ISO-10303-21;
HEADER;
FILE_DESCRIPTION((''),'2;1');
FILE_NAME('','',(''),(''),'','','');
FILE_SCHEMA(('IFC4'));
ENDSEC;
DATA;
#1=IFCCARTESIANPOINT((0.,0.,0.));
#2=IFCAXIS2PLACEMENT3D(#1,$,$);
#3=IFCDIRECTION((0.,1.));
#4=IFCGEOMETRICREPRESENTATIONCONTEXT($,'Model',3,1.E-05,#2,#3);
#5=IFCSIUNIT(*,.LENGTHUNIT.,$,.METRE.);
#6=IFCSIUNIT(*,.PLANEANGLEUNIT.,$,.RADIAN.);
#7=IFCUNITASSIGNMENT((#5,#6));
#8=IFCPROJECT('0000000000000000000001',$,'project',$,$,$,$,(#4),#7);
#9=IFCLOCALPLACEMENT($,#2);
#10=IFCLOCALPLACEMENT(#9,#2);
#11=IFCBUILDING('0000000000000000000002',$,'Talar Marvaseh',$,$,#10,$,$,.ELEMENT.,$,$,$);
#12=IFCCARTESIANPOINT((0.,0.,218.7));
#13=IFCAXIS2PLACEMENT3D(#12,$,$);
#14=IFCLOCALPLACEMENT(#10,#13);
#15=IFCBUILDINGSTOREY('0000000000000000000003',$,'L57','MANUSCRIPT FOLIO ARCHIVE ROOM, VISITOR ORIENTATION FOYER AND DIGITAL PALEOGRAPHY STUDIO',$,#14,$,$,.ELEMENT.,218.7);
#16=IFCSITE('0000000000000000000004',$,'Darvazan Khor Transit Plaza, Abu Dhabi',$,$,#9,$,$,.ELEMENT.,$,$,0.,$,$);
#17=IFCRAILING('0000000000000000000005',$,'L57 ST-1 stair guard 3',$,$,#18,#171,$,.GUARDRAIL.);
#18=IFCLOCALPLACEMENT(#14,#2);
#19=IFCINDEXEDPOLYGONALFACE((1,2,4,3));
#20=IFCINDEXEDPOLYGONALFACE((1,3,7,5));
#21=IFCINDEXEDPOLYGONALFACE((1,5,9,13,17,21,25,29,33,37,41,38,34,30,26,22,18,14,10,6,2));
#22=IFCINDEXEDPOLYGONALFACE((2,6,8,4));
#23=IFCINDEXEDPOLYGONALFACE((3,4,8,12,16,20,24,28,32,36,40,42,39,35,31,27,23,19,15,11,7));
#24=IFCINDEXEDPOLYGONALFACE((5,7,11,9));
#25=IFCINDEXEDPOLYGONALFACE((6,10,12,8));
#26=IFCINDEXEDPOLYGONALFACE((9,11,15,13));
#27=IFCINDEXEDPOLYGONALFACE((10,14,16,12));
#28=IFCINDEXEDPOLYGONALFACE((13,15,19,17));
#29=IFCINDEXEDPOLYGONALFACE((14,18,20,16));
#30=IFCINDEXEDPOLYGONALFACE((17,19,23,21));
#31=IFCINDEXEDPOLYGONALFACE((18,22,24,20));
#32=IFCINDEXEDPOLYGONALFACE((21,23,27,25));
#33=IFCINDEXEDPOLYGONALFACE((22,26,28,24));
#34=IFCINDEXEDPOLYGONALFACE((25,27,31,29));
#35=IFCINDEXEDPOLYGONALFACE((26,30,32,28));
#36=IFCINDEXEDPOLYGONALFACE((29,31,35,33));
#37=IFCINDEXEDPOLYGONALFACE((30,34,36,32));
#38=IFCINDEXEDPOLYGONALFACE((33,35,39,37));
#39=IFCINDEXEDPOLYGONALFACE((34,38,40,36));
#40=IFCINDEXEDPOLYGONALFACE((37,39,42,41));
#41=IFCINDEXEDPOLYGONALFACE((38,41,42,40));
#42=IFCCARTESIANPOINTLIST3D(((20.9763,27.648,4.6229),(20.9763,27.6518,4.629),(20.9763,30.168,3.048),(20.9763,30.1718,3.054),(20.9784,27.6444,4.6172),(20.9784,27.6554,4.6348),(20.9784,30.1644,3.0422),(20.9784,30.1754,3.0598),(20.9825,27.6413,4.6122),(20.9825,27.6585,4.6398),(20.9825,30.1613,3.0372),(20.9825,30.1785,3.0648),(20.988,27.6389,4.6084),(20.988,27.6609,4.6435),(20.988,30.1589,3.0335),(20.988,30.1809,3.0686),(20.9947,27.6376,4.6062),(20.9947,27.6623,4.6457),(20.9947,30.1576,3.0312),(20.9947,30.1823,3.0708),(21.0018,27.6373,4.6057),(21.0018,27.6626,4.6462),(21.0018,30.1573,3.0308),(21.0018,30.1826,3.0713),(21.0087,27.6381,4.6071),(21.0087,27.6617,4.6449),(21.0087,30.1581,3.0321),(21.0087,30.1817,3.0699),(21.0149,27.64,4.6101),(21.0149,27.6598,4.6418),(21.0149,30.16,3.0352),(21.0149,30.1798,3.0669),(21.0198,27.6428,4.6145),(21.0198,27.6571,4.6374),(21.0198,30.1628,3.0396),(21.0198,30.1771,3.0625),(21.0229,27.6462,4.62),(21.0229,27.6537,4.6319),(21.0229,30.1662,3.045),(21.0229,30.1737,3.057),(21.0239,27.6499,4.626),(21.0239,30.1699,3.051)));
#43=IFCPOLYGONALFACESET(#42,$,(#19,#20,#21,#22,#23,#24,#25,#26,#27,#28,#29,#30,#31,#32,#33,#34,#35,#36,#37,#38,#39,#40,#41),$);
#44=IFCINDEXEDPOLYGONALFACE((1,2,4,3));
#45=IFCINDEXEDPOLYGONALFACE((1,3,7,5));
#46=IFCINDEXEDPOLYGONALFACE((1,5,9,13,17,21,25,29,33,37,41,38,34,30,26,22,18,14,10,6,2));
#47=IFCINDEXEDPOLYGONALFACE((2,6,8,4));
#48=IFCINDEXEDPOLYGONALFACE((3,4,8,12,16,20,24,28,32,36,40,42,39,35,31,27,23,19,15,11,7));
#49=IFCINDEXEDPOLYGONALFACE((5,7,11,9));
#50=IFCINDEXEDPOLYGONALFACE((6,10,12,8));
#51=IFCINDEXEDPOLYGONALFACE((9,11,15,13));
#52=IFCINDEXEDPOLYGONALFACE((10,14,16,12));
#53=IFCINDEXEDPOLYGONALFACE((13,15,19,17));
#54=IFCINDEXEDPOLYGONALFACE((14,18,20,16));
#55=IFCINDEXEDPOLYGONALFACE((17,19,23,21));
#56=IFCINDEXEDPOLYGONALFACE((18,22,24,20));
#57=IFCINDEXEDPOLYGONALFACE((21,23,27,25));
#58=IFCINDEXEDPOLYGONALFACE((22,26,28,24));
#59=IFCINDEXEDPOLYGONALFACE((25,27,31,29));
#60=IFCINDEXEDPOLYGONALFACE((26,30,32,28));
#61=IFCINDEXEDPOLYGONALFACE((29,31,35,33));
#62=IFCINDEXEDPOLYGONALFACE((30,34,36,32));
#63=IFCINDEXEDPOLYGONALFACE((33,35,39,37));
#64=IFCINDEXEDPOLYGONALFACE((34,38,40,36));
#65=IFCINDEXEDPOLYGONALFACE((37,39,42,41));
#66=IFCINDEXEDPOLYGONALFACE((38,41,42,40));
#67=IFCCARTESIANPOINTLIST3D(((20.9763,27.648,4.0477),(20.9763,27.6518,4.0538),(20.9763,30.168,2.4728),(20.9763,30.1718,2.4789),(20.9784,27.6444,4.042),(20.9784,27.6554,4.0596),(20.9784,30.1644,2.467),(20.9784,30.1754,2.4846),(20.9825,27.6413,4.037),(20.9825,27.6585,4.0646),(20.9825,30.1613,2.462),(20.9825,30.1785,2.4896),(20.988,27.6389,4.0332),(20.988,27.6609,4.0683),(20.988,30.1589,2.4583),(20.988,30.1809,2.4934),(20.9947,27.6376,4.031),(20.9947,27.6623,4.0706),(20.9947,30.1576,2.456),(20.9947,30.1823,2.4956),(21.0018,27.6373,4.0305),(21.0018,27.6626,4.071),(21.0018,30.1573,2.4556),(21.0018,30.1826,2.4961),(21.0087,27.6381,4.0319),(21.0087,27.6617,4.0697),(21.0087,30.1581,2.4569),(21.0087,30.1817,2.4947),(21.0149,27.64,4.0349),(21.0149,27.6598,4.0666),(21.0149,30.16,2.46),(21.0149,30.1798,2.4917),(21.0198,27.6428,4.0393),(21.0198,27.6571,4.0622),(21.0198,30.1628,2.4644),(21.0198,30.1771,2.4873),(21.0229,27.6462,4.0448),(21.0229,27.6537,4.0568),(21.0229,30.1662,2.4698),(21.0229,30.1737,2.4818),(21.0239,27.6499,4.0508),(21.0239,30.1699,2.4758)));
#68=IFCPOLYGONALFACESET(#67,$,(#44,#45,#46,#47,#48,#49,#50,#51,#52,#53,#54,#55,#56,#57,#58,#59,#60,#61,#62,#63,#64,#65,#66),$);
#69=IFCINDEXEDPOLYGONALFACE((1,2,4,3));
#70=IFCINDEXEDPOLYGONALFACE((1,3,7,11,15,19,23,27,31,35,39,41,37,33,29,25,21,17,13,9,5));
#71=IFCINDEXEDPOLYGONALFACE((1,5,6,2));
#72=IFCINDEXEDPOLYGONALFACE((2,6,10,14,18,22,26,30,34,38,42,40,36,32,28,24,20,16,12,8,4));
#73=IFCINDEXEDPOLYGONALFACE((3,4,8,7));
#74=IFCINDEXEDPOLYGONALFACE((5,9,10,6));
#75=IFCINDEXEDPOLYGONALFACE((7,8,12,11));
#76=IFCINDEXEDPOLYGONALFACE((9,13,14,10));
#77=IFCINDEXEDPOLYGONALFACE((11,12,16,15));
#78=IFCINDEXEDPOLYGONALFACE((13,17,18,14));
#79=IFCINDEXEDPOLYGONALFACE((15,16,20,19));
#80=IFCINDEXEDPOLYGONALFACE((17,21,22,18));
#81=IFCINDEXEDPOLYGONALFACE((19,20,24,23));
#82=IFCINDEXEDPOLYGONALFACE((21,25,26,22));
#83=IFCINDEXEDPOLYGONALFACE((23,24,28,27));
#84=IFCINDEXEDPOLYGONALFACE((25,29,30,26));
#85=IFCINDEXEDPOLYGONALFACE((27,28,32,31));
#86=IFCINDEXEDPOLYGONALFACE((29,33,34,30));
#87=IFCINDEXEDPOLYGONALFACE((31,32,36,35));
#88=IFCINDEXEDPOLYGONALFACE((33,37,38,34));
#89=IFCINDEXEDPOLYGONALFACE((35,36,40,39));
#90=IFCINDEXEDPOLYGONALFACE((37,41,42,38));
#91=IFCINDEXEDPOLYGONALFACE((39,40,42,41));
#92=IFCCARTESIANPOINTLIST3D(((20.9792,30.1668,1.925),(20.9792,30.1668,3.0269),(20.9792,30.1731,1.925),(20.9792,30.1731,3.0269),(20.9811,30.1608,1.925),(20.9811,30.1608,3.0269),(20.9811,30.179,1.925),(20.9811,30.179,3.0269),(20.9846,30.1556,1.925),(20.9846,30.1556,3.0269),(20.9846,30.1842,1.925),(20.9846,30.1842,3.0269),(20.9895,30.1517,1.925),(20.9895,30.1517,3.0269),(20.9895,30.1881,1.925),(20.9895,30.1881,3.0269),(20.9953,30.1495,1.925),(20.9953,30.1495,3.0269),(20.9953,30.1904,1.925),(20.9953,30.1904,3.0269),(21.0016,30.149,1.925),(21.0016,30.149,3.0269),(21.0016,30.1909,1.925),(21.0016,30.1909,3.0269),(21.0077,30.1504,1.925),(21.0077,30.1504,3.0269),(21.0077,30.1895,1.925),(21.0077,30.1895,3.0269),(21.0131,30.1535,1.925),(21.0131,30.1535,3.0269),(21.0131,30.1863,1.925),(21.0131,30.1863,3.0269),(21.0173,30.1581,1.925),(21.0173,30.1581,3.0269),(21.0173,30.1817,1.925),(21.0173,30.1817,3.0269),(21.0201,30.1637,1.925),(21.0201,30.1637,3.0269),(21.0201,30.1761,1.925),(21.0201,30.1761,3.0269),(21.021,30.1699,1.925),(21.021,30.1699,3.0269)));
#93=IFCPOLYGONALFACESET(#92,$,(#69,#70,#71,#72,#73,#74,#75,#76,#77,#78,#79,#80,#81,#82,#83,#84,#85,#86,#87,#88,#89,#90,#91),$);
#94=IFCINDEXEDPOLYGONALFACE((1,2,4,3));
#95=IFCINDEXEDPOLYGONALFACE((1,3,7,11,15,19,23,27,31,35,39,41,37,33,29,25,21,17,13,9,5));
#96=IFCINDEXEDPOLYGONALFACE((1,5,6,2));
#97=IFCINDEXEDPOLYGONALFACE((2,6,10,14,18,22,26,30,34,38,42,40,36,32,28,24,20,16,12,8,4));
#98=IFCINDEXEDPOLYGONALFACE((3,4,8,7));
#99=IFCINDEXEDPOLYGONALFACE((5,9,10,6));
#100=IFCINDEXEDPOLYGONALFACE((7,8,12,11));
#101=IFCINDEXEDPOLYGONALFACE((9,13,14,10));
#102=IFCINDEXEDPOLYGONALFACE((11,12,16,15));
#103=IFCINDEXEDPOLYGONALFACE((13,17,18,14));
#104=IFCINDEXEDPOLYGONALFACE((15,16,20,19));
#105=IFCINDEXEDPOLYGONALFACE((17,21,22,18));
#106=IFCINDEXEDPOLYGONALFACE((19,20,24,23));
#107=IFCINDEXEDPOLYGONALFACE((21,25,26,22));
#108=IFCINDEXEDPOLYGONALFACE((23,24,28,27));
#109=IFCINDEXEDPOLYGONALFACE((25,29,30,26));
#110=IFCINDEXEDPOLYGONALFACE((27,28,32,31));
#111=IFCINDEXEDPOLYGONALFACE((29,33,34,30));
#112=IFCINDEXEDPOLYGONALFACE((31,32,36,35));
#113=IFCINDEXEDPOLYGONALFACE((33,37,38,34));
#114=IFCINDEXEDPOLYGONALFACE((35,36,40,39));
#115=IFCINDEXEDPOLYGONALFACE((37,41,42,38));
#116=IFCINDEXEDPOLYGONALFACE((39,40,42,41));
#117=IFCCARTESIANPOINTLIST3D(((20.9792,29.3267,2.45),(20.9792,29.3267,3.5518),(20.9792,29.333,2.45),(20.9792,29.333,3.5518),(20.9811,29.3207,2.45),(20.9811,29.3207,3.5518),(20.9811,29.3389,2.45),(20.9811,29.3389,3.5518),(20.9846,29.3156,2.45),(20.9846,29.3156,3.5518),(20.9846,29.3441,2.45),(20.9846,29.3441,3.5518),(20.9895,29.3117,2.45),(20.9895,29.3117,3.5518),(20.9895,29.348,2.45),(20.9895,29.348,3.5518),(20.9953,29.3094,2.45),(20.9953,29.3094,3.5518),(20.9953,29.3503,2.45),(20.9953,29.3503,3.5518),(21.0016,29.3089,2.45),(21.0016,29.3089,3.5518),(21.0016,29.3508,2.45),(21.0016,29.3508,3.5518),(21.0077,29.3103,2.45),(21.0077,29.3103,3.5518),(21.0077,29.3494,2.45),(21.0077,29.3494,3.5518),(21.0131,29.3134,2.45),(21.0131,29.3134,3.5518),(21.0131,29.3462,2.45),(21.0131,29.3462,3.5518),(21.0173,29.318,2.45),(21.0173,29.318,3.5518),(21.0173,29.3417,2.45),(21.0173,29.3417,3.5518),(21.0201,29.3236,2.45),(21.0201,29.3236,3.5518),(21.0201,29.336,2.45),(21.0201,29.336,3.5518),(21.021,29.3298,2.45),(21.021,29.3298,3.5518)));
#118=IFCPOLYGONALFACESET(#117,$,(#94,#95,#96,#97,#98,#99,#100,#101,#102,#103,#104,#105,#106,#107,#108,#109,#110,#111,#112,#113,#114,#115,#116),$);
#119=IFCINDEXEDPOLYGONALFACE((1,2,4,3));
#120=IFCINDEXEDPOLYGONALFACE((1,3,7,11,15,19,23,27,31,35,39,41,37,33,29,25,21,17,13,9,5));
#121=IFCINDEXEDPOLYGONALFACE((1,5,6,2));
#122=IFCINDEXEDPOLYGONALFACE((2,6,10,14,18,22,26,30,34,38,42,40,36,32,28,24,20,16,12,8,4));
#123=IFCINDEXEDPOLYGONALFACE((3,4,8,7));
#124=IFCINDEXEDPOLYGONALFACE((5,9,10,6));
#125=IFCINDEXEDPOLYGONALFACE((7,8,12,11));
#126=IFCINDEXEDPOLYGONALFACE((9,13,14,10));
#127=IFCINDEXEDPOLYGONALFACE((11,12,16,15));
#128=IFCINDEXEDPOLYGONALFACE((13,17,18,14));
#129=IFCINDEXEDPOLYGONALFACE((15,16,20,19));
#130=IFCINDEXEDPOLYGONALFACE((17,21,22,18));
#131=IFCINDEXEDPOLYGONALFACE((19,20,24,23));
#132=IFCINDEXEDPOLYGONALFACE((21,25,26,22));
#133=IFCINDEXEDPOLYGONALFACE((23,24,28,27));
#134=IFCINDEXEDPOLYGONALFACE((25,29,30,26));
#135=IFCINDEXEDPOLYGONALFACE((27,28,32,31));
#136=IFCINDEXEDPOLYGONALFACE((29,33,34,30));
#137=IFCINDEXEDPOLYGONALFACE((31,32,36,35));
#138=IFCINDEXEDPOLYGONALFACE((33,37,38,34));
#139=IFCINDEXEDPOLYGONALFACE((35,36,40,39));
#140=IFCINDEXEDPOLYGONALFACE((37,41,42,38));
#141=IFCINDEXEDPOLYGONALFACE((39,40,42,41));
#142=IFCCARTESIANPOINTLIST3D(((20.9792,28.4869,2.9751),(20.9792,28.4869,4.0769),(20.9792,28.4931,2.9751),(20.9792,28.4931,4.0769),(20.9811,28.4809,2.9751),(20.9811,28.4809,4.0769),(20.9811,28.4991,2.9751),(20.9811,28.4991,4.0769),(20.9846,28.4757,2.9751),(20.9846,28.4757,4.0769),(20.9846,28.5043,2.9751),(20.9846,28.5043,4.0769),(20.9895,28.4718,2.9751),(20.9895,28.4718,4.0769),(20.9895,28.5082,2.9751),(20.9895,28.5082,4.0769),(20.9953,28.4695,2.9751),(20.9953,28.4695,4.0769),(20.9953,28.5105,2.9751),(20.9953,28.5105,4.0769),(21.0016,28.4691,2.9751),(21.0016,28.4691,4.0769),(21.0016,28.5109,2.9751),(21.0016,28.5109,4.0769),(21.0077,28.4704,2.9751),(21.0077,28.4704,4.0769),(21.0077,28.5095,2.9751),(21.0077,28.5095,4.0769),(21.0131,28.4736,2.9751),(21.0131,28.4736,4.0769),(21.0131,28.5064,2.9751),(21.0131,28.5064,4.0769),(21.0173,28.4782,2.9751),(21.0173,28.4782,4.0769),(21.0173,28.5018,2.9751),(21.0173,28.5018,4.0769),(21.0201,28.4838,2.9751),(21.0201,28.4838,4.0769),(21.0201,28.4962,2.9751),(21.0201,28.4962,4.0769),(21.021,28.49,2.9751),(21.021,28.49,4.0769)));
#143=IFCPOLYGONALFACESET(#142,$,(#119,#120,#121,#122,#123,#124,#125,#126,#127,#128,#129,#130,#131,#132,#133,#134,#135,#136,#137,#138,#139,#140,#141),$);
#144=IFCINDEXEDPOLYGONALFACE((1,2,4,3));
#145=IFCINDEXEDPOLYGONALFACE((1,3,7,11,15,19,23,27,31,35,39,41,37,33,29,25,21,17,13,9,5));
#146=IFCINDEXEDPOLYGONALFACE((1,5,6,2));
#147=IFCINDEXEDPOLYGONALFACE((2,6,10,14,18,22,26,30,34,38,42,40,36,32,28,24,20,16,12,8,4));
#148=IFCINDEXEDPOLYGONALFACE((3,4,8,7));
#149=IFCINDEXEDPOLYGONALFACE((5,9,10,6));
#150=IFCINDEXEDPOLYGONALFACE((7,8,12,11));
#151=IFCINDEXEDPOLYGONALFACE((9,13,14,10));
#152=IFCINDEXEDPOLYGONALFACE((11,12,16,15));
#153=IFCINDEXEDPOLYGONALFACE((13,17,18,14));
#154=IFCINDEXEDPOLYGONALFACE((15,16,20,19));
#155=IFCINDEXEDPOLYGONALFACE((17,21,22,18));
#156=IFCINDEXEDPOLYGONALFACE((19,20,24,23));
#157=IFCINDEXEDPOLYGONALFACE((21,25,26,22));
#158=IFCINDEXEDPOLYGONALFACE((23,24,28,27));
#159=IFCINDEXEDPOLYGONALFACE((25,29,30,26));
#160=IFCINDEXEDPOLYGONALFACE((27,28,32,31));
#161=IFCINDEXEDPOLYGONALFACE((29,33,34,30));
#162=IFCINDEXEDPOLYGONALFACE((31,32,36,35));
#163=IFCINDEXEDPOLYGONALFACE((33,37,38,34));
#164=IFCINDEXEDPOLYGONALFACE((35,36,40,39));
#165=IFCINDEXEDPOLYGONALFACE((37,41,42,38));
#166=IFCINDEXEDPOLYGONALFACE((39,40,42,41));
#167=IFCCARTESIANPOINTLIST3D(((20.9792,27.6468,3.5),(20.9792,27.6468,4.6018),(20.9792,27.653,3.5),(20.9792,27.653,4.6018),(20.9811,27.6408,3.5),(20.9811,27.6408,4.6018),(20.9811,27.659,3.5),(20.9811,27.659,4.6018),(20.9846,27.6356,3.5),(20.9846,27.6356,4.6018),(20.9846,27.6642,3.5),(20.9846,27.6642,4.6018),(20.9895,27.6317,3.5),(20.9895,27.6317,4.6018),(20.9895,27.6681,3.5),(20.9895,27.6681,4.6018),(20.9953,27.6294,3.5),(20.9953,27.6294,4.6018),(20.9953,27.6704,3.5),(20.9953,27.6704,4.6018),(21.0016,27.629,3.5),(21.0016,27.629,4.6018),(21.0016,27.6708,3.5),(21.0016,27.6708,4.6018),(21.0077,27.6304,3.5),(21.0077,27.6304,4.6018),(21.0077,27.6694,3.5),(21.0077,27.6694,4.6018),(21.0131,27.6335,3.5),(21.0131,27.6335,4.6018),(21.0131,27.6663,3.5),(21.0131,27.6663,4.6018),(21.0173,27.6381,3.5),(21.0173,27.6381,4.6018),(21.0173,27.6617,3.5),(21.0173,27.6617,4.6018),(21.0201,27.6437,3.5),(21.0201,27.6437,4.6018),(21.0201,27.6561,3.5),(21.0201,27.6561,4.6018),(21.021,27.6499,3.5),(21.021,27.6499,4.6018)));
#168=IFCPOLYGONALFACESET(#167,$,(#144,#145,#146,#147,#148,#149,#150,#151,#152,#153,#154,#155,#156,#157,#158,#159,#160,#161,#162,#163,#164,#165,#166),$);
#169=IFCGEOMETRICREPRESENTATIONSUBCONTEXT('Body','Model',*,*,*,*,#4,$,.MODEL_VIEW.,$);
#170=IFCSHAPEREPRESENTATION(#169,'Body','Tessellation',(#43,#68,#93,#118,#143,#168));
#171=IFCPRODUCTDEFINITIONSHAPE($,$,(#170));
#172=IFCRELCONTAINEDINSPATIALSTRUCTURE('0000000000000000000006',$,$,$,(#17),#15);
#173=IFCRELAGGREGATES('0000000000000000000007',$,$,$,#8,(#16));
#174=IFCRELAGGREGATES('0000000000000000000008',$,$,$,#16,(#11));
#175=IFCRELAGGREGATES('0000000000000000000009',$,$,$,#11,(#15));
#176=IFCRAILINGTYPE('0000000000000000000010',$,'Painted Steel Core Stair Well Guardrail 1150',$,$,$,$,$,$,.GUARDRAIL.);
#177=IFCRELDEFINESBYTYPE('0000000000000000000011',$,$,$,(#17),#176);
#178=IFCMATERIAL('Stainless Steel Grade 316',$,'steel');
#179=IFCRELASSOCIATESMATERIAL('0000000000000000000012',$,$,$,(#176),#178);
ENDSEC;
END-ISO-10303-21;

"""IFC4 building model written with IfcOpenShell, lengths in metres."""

from ifc_helpers import new_model, si_unit, direction, frame, origin, origin_2d, place, context, subcontext, project, spatial, circle, extrude, material, type_object, element, save


model = new_model("IFC4")

# Units and contexts
model_context = context("Model", 3, precision=1e-05, world=origin(), true_north=direction((0.0, 1.0)))
body_context = subcontext(model_context, "Body", "Model", "MODEL_VIEW")
ifc_project = project(units=[si_unit("LENGTHUNIT", "METRE"), si_unit("PLANEANGLEUNIT", "RADIAN")], contexts=[model_context])

# Site, building, storey
site_placement = place(None, origin())
site = spatial("IfcSite", under=ifc_project, at=site_placement, Name="Darvazan Khor Transit Plaza, Abu Dhabi", CompositionType="ELEMENT", RefElevation=0.0)
building_placement = place(site_placement, origin())
building = spatial("IfcBuilding", under=site, at=building_placement, Name="Talar Marvaseh", CompositionType="ELEMENT")
storey_placement = place(building_placement, frame((0.0, 0.0, 218.7)))
storey = spatial("IfcBuildingStorey", under=building, at=storey_placement, Name="L57", Description="MANUSCRIPT FOLIO ARCHIVE ROOM, VISITOR ORIENTATION FOYER AND DIGITAL PALEOGRAPHY STUDIO", CompositionType="ELEMENT", Elevation=218.7)

# Railing
ifc_material_1 = material(Name="Stainless Steel Grade 316", Category="steel")
railing_type_1 = type_object("IfcRailingType", Name="Painted Steel Core Stair Well Guardrail 1150", PredefinedType="GUARDRAIL", material=ifc_material_1)
railing_1_placement = place(storey_placement, frame((21.0, 30.1699, 1.925)))
element("IfcRailing", 1, at=railing_1_placement, inside=storey, type_object=railing_type_1, Name="L57 ST-1 stair guard 3", PredefinedType="GUARDRAIL", context=body_context, shape_type="SweptSolid", body=[
    extrude(circle(Radius=0.0239, at=origin_2d()), frame((0.0, 0.0, 1.126), z_axis=(0.0, -0.848008, 0.529984), x_axis=(1.0, 0.0, 0.0)), (0.0, 0.0, 1.0), 2.9717),
    extrude(circle(Radius=0.0239, at=origin_2d()), frame((0.0, 0.0, 0.5508), z_axis=(0.0, -0.848008, 0.529984), x_axis=(1.0, 0.0, 0.0)), (0.0, 0.0, 1.0), 2.9717),
    extrude(circle(Radius=0.021, at=origin_2d()), origin(), (0.0, 0.0, 1.0), 1.1018),
    extrude(circle(Radius=0.021, at=origin_2d()), frame((0.0, -0.8401, 0.5249)), (0.0, 0.0, 1.0), 1.1018),
    extrude(circle(Radius=0.021, at=origin_2d()), frame((0.0, -1.6799, 1.05)), (0.0, 0.0, 1.0), 1.1018),
    extrude(circle(Radius=0.021, at=origin_2d()), frame((0.0, -2.52, 1.575)), (0.0, 0.0, 1.0), 1.1018),
])

save(model, "model.ifc")
